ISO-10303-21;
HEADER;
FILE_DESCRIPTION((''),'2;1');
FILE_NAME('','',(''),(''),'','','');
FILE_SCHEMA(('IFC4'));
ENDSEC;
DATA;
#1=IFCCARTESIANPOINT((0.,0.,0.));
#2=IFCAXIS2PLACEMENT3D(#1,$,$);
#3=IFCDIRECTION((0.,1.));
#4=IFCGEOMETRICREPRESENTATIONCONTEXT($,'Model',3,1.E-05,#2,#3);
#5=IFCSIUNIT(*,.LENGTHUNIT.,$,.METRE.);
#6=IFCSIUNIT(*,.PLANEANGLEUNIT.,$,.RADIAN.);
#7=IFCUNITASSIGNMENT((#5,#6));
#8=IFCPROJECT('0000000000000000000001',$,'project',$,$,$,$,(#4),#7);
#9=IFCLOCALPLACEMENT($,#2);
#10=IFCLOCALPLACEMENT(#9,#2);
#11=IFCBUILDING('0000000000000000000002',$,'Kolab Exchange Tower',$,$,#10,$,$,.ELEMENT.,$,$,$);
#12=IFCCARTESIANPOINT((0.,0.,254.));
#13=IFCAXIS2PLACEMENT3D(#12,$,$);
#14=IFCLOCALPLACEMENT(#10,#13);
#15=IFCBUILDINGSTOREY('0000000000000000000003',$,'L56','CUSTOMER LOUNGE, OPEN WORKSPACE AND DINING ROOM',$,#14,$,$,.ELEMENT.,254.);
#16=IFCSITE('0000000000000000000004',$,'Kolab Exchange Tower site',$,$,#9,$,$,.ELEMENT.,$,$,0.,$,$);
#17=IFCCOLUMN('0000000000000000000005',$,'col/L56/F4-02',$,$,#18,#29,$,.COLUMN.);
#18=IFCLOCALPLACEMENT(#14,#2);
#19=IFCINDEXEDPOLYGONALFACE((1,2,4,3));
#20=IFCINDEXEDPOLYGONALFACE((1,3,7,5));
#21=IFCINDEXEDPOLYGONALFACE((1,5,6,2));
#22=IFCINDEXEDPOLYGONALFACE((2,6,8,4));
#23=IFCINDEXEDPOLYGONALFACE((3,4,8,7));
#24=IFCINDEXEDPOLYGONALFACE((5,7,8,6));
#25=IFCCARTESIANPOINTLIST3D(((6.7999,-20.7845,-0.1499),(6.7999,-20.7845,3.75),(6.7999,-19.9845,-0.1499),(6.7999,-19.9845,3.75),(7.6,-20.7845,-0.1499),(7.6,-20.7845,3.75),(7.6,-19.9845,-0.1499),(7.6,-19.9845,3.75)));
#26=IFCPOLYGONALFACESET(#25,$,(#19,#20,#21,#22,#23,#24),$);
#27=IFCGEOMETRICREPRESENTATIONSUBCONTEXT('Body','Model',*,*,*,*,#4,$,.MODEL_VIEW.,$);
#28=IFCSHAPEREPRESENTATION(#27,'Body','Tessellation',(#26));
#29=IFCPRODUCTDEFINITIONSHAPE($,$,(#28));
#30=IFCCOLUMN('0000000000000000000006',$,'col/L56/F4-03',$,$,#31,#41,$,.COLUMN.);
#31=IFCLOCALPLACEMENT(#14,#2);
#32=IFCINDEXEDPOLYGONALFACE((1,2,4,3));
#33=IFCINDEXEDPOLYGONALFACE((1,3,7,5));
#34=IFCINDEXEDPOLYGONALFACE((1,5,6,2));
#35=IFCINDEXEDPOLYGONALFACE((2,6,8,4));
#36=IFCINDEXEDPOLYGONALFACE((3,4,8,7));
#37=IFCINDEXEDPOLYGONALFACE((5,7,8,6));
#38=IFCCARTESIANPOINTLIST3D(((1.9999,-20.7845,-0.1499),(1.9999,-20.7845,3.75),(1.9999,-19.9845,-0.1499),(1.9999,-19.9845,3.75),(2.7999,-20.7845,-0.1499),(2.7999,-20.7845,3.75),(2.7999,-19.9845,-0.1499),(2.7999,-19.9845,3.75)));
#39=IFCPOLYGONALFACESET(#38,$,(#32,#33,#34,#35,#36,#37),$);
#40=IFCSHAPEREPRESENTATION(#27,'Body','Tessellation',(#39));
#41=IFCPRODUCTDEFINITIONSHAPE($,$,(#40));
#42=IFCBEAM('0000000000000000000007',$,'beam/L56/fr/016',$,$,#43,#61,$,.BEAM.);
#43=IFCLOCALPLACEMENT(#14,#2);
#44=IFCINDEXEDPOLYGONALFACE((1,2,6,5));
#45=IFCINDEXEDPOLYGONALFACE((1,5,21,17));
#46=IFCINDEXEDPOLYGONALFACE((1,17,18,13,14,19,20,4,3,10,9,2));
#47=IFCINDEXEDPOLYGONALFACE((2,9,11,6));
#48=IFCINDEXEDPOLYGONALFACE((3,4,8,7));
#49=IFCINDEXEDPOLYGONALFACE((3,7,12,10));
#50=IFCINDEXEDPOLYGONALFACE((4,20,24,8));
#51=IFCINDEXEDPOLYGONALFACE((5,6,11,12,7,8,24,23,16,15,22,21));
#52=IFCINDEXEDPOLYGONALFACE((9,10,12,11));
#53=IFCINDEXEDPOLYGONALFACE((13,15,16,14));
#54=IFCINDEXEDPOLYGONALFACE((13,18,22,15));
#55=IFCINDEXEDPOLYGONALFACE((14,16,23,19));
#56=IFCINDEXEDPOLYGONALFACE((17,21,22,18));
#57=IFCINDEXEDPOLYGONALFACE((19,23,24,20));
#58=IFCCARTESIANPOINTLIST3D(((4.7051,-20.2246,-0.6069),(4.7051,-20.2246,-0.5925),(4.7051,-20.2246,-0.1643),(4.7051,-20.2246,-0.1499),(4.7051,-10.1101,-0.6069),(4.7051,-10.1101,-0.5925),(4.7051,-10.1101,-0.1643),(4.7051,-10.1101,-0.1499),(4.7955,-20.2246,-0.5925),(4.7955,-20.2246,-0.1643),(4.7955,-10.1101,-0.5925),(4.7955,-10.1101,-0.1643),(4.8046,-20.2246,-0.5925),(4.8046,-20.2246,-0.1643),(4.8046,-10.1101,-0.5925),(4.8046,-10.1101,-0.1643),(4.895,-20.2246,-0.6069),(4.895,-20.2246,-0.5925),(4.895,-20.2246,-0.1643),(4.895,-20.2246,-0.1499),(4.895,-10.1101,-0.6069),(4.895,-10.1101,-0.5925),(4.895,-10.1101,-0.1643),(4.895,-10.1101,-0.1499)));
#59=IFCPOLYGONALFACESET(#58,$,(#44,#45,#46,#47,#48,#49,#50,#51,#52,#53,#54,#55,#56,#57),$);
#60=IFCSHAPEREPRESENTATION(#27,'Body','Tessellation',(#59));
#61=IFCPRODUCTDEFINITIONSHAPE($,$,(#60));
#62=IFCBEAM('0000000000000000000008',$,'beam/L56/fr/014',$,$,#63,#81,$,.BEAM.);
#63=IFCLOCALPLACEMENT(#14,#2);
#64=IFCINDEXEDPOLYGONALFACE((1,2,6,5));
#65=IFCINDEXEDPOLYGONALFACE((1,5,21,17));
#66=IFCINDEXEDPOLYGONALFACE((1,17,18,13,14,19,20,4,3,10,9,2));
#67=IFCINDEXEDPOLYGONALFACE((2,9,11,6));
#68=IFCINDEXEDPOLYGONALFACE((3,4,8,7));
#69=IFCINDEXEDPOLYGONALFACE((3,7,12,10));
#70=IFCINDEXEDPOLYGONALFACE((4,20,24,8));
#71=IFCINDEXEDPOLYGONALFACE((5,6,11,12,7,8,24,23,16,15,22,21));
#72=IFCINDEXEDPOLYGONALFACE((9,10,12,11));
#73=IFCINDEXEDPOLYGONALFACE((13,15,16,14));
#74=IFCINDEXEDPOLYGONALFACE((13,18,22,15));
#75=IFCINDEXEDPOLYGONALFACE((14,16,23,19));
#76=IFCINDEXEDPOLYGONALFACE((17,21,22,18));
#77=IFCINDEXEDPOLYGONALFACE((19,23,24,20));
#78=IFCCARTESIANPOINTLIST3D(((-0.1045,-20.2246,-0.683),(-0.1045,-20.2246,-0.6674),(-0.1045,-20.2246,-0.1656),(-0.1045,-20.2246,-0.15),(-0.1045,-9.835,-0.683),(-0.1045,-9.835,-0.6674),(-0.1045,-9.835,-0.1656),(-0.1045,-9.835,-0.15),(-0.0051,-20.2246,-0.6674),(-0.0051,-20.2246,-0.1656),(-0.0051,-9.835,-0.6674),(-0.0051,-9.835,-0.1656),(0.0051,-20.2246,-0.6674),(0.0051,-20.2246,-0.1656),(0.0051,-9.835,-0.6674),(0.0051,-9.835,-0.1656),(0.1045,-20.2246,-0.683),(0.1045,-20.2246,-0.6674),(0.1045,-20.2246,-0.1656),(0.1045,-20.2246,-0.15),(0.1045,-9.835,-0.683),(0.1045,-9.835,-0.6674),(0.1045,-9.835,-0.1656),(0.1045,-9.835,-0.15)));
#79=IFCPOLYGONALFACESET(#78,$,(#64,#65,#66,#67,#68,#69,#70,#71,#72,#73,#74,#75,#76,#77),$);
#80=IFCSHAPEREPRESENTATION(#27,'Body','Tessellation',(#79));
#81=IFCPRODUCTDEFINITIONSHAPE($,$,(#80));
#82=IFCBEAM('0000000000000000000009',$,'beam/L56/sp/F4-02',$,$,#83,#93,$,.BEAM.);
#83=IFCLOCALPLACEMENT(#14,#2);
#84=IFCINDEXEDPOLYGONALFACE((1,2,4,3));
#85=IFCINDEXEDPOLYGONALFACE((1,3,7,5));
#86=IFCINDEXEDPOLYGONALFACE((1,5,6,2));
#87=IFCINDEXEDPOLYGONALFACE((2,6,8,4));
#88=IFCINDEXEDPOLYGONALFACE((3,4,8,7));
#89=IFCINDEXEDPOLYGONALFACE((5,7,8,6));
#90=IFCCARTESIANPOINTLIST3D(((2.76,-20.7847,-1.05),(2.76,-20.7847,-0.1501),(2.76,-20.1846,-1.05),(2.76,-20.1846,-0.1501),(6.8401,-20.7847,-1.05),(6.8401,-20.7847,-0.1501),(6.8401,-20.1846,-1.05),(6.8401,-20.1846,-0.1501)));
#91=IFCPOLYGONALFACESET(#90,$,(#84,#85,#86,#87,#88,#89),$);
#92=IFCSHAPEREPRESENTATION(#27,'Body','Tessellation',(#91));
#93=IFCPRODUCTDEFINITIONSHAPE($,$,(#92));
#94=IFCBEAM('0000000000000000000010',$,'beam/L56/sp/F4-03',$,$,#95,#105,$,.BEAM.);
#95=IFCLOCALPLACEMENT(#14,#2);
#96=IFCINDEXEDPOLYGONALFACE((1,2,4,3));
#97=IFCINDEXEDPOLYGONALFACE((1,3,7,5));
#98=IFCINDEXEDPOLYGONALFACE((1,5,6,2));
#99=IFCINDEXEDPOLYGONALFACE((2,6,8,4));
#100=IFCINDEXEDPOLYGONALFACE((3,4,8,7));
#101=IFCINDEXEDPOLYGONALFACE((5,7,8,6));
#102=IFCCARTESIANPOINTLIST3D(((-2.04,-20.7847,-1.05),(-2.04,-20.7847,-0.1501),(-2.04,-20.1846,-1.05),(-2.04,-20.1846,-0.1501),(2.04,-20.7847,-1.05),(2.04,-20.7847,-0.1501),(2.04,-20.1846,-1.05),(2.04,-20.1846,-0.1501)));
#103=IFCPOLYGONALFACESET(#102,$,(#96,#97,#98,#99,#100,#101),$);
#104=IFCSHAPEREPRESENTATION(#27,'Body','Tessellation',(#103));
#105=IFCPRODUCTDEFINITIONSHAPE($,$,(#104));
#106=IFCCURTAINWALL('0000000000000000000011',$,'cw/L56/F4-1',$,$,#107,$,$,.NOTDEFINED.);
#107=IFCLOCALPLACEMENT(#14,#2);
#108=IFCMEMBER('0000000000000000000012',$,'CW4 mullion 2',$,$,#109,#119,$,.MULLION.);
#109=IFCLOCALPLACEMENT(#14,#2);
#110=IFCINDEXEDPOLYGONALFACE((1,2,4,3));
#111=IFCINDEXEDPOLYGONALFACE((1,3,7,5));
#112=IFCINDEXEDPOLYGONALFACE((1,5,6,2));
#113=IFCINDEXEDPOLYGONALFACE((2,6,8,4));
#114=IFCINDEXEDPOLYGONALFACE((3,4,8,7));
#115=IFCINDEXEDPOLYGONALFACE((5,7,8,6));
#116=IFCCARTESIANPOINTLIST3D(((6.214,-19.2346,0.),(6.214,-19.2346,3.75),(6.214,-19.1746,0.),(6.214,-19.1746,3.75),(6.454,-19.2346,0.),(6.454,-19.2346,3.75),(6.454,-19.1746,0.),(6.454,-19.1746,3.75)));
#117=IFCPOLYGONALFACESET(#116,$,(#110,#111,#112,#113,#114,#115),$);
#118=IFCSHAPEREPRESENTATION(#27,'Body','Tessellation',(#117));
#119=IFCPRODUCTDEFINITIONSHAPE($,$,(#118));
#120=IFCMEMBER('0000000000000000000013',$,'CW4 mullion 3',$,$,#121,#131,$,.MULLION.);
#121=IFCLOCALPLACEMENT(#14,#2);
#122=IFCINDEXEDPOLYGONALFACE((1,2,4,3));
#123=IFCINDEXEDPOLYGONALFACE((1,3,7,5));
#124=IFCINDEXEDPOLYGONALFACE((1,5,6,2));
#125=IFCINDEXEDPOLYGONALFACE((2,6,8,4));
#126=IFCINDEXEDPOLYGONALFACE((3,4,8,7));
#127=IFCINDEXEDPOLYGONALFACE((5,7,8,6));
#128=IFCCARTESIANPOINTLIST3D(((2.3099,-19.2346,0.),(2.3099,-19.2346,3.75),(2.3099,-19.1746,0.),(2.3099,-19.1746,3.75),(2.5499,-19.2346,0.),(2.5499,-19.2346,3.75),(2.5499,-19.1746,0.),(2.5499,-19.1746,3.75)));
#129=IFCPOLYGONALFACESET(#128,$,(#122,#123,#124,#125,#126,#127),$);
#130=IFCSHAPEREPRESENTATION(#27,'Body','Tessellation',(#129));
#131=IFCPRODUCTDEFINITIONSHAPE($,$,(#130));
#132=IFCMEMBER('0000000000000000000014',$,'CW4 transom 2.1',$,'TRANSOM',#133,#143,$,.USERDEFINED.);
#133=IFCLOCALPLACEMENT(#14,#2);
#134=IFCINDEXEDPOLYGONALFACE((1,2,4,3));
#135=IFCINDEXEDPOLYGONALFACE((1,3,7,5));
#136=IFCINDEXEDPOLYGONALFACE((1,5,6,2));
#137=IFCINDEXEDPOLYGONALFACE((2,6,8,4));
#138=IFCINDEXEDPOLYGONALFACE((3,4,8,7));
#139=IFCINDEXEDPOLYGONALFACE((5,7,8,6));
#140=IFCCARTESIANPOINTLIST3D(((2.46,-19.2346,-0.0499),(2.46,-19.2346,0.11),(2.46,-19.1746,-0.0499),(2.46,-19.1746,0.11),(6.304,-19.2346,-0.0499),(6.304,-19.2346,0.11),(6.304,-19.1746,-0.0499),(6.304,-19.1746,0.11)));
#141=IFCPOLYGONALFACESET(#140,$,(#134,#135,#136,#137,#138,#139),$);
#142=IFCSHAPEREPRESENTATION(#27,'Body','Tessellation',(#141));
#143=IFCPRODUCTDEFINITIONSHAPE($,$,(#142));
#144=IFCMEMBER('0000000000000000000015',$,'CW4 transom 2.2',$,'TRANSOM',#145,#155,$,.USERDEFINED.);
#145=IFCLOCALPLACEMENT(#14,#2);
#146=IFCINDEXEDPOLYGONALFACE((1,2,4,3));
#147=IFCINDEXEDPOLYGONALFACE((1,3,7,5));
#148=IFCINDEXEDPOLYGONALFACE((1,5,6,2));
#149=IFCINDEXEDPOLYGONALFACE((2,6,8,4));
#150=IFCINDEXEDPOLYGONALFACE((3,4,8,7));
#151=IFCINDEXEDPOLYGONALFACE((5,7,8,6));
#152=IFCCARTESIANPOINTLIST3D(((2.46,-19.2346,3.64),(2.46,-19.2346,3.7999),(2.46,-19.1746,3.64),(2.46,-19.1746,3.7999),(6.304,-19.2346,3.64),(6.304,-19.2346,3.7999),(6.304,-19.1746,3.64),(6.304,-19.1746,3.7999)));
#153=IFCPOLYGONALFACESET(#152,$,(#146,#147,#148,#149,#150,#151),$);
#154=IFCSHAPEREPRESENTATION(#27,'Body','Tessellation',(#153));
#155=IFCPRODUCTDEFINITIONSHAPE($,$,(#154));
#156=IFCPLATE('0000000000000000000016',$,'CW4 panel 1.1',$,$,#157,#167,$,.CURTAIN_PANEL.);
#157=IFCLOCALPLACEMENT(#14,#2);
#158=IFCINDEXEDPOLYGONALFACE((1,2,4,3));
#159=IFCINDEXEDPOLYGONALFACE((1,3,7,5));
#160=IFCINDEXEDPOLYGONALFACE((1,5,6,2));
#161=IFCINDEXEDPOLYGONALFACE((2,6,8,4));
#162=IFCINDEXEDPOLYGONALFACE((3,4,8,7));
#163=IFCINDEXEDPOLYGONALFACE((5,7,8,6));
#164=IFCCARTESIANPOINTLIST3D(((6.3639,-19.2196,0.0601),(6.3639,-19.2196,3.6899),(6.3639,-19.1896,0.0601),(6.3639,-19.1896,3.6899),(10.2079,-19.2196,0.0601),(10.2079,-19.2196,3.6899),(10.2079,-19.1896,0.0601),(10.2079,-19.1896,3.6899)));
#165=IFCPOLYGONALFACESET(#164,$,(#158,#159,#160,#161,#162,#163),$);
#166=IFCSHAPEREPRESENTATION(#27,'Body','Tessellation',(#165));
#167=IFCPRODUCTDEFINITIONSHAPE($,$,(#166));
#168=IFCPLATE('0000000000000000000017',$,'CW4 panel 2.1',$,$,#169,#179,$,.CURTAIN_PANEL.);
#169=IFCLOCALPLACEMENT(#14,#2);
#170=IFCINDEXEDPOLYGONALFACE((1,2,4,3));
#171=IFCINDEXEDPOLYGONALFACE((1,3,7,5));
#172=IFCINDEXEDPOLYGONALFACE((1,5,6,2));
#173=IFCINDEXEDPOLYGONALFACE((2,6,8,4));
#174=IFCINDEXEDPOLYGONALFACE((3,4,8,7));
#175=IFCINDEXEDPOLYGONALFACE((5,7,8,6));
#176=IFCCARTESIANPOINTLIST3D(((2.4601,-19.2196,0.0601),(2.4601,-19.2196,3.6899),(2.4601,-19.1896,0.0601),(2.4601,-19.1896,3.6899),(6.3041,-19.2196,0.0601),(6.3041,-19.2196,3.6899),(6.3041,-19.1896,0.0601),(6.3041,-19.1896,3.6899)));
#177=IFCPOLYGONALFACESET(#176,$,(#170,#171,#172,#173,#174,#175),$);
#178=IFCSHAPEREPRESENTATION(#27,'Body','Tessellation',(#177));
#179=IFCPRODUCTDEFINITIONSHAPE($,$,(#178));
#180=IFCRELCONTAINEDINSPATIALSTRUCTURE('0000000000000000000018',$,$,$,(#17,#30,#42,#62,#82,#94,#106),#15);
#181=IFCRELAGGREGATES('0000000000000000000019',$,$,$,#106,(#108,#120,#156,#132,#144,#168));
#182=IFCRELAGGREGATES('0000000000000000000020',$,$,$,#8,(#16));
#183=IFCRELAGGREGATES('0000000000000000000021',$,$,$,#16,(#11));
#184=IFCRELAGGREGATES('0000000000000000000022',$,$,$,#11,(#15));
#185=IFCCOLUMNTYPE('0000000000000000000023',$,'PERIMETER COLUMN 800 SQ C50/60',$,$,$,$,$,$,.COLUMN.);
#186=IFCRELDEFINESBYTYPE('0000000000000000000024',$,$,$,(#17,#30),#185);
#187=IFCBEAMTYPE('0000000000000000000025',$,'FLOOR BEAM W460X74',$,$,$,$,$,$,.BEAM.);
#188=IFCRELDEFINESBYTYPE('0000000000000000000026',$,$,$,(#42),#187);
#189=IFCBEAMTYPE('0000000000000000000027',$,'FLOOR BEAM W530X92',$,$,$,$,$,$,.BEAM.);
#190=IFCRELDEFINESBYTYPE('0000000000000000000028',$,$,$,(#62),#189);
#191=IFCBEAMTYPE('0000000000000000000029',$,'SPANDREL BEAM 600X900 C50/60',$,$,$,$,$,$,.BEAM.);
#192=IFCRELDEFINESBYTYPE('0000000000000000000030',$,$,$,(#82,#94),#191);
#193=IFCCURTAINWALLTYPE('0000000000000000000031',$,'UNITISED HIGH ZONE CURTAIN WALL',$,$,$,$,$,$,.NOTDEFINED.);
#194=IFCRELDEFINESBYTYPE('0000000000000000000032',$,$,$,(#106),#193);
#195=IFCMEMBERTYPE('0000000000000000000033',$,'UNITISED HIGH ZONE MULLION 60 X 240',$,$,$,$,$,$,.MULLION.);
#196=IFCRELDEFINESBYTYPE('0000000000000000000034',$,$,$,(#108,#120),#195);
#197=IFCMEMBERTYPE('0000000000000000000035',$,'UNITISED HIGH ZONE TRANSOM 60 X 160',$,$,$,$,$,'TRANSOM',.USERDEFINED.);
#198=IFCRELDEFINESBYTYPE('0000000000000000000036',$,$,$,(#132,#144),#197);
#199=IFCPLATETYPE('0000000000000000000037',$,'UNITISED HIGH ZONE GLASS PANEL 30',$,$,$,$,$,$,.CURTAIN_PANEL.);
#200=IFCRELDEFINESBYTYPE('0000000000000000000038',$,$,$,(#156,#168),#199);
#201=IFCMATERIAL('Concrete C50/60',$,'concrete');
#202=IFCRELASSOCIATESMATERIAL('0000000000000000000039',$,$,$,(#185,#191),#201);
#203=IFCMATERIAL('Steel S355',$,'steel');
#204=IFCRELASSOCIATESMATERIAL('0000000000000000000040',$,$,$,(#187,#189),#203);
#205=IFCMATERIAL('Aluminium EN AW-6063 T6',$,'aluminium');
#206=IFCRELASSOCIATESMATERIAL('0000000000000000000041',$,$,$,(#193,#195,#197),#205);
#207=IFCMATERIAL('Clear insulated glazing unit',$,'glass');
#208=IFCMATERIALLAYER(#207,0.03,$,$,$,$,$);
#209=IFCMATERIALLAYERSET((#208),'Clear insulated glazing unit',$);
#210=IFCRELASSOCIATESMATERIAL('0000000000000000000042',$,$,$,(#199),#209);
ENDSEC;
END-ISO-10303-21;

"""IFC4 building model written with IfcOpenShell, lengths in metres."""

from ifc_helpers import new_model, si_unit, direction, frame, origin, origin_2d, place, context, subcontext, project, spatial, rectangle, i_section, extrude, material, layer, layer_set, material_profile, profile_set, type_object, element, aggregate, save


model = new_model("IFC4")

# Units and contexts
model_context = context("Model", 3, precision=1e-05, world=origin(), true_north=direction((0.0, 1.0)))
body_context = subcontext(model_context, "Body", "Model", "MODEL_VIEW")
ifc_project = project(units=[si_unit("LENGTHUNIT", "METRE"), si_unit("PLANEANGLEUNIT", "RADIAN")], contexts=[model_context])

# Site, building, storey
site_placement = place(None, origin())
site = spatial("IfcSite", under=ifc_project, at=site_placement, Name="Kolab Exchange Tower site", CompositionType="ELEMENT", RefElevation=0.0)
building_placement = place(site_placement, origin())
building = spatial("IfcBuilding", under=site, at=building_placement, Name="Kolab Exchange Tower", CompositionType="ELEMENT")
storey_placement = place(building_placement, frame((0.0, 0.0, 254.0)))
storey = spatial("IfcBuildingStorey", under=building, at=storey_placement, Name="L56", Description="CUSTOMER LOUNGE, OPEN WORKSPACE AND DINING ROOM", CompositionType="ELEMENT", Elevation=254.0)

# Columns
ifc_material_1 = material(Name="Concrete C50/60", Category="concrete")
ifc_material_profile_1 = material_profile(ifc_material_1, rectangle(XDim=0.8, YDim=0.8, at=origin_2d()), Name="RC800")
ifc_profile_set_1 = profile_set([ifc_material_profile_1], Name="Concrete C50/60")
column_type = type_object("IfcColumnType", Name="PERIMETER COLUMN 800 SQ C50/60", PredefinedType="COLUMN", material=ifc_profile_set_1)
for number, where, z_axis, x_axis, name in (
    (1, (7.2, -20.3845, -0.1499), (0.0, 0.0, 1.0), (1.0, 0.0, 0.0), "col/L56/F4-02"),
    (2, (2.3999, -20.3845, -0.1499), (0.0, 0.0, 1.0), (1.0, 0.0, 0.0), "col/L56/F4-03"),
):
    element("IfcColumn", number, at=place(storey_placement, frame(where, z_axis=z_axis, x_axis=x_axis)), inside=storey, type_object=column_type, Name=name, PredefinedType="COLUMN", context=body_context, shape_type="SweptSolid", body=[
        extrude(rectangle(XDim=0.8, YDim=0.8, at=origin_2d()), origin(), (0.0, 0.0, 1.0), 3.8999),
    ])

# Beams
ifc_material_2 = material(Name="Steel S355", Category="steel")
ifc_material_profile_2 = material_profile(ifc_material_2, i_section(OverallWidth=0.1899, OverallDepth=0.457, WebThickness=0.009, FlangeThickness=0.0144, at=origin_2d()), Name="W460X74")
ifc_profile_set_2 = profile_set([ifc_material_profile_2], Name="Steel S355")
beam_type_1 = type_object("IfcBeamType", Name="FLOOR BEAM W460X74", PredefinedType="BEAM", material=ifc_profile_set_2)
beam_1_placement = place(storey_placement, frame((4.8, -20.2246, -0.3784), z_axis=(0.0, 1.0, 0.0), x_axis=(-1.0, 0.0, 0.0)))
element("IfcBeam", 3, at=beam_1_placement, inside=storey, type_object=beam_type_1, Name="beam/L56/fr/016", PredefinedType="BEAM", context=body_context, shape_type="SweptSolid", body=[
    extrude(i_section(OverallWidth=0.1899, OverallDepth=0.457, WebThickness=0.009, FlangeThickness=0.0144, at=origin_2d()), origin(), (0.0, 0.0, 1.0), 10.1145),
])
ifc_material_profile_3 = material_profile(ifc_material_2, i_section(OverallWidth=0.209, OverallDepth=0.533, WebThickness=0.0103, FlangeThickness=0.0156, at=origin_2d()), Name="W530X92")
ifc_profile_set_3 = profile_set([ifc_material_profile_3], Name="Steel S355")
beam_type_2 = type_object("IfcBeamType", Name="FLOOR BEAM W530X92", PredefinedType="BEAM", material=ifc_profile_set_3)
beam_2_placement = place(storey_placement, frame((0.0, -20.2246, -0.4165), z_axis=(0.0, 1.0, 0.0), x_axis=(-1.0, 0.0, 0.0)))
element("IfcBeam", 4, at=beam_2_placement, inside=storey, type_object=beam_type_2, Name="beam/L56/fr/014", PredefinedType="BEAM", context=body_context, shape_type="SweptSolid", body=[
    extrude(i_section(OverallWidth=0.209, OverallDepth=0.533, WebThickness=0.0103, FlangeThickness=0.0156, at=origin_2d()), origin(), (0.0, 0.0, 1.0), 10.3896),
])
ifc_material_profile_4 = material_profile(ifc_material_1, rectangle(XDim=0.6001, YDim=0.8999, at=origin_2d()), Name="RC600X900")
ifc_profile_set_4 = profile_set([ifc_material_profile_4], Name="Concrete C50/60")
beam_type_3 = type_object("IfcBeamType", Name="SPANDREL BEAM 600X900 C50/60", PredefinedType="BEAM", material=ifc_profile_set_4)
for number, where, z_axis, x_axis, name in (
    (5, (6.8401, -20.4846, -0.6001), (-1.0, 0.0, 0.0), (0.0, -1.0, 0.0), "beam/L56/sp/F4-02"),
    (6, (2.04, -20.4846, -0.6001), (-1.0, 0.0, 0.0), (0.0, -1.0, 0.0), "beam/L56/sp/F4-03"),
):
    element("IfcBeam", number, at=place(storey_placement, frame(where, z_axis=z_axis, x_axis=x_axis)), inside=storey, type_object=beam_type_3, Name=name, PredefinedType="BEAM", context=body_context, shape_type="SweptSolid", body=[
        extrude(rectangle(XDim=0.6001, YDim=0.8999, at=origin_2d()), origin(), (0.0, 0.0, 1.0), 4.0801),
    ])

# Curtain wall, members, plates
ifc_material_3 = material(Name="Aluminium EN AW-6063 T6", Category="aluminium")
curtain_wall_type = type_object("IfcCurtainWallType", Name="UNITISED HIGH ZONE CURTAIN WALL", PredefinedType="NOTDEFINED", material=ifc_material_3)
curtain_wall_placement = place(storey_placement, origin())
curtain_wall = element("IfcCurtainWall", 7, at=curtain_wall_placement, inside=storey, type_object=curtain_wall_type, Name="cw/L56/F4-1", PredefinedType="NOTDEFINED")
ifc_material_profile_5 = material_profile(ifc_material_3, rectangle(XDim=0.0601, YDim=0.24, at=origin_2d()), Name="RECT 60X240")
ifc_profile_set_5 = profile_set([ifc_material_profile_5], Name="Aluminium EN AW-6063 T6")
member_type_1 = type_object("IfcMemberType", Name="UNITISED HIGH ZONE MULLION 60 X 240", PredefinedType="MULLION", material=ifc_profile_set_5)
member_1_placement = place(storey_placement, frame((6.334, -19.2046, 0.0), z_axis=(0.0, 0.0, 1.0), x_axis=(0.0, -1.0, 0.0)))
member_1 = element("IfcMember", 8, at=member_1_placement, type_object=member_type_1, Name="CW4 mullion 2", PredefinedType="MULLION", context=body_context, shape_type="SweptSolid", body=[
    extrude(rectangle(XDim=0.0601, YDim=0.24, at=origin_2d()), origin(), (0.0, 0.0, 1.0), 3.75),
])
member_2_placement = place(storey_placement, frame((2.4299, -19.2046, 0.0), z_axis=(0.0, 0.0, 1.0), x_axis=(0.0, -1.0, 0.0)))
member_2 = element("IfcMember", 9, at=member_2_placement, type_object=member_type_1, Name="CW4 mullion 3", PredefinedType="MULLION", context=body_context, shape_type="SweptSolid", body=[
    extrude(rectangle(XDim=0.0601, YDim=0.24, at=origin_2d()), origin(), (0.0, 0.0, 1.0), 3.75),
])
ifc_material_profile_6 = material_profile(ifc_material_3, rectangle(XDim=0.0601, YDim=0.1599, at=origin_2d()), Name="RECT 60X160")
ifc_profile_set_6 = profile_set([ifc_material_profile_6], Name="Aluminium EN AW-6063 T6")
member_type_2 = type_object("IfcMemberType", Name="UNITISED HIGH ZONE TRANSOM 60 X 160", ElementType="TRANSOM", PredefinedType="USERDEFINED", material=ifc_profile_set_6)
member_3_placement = place(storey_placement, frame((6.304, -19.2046, 0.03), z_axis=(-1.0, 0.0, 0.0), x_axis=(0.0, -1.0, 0.0)))
member_3 = element("IfcMember", 10, at=member_3_placement, type_object=member_type_2, Name="CW4 transom 2.1", ObjectType="TRANSOM", PredefinedType="USERDEFINED", context=body_context, shape_type="SweptSolid", body=[
    extrude(rectangle(XDim=0.0601, YDim=0.1599, at=origin_2d()), origin(), (0.0, 0.0, 1.0), 3.844),
])
member_4_placement = place(storey_placement, frame((6.304, -19.2046, 3.72), z_axis=(-1.0, 0.0, 0.0), x_axis=(0.0, -1.0, 0.0)))
member_4 = element("IfcMember", 11, at=member_4_placement, type_object=member_type_2, Name="CW4 transom 2.2", ObjectType="TRANSOM", PredefinedType="USERDEFINED", context=body_context, shape_type="SweptSolid", body=[
    extrude(rectangle(XDim=0.0601, YDim=0.1599, at=origin_2d()), origin(), (0.0, 0.0, 1.0), 3.844),
])
ifc_material_4 = material(Name="Clear insulated glazing unit", Category="glass")
ifc_layer_1 = layer(ifc_material_4, 0.03)
ifc_layer_set_1 = layer_set([ifc_layer_1], Name="Clear insulated glazing unit")
plate_type = type_object("IfcPlateType", Name="UNITISED HIGH ZONE GLASS PANEL 30", PredefinedType="CURTAIN_PANEL", material=ifc_layer_set_1)
plate_1_placement = place(storey_placement, frame((8.2859, -19.2046, 0.0601), z_axis=(0.0, 0.0, 1.0), x_axis=(-1.0, 0.0, 0.0)))
plate_1 = element("IfcPlate", 12, at=plate_1_placement, type_object=plate_type, Name="CW4 panel 1.1", PredefinedType="CURTAIN_PANEL", context=body_context, shape_type="SweptSolid", body=[
    extrude(rectangle(XDim=3.844, YDim=0.03, at=origin_2d()), origin(), (0.0, 0.0, 1.0), 3.6299),
])
plate_2_placement = place(storey_placement, frame((4.3821, -19.2046, 0.0601), z_axis=(0.0, 0.0, 1.0), x_axis=(-1.0, 0.0, 0.0)))
plate_2 = element("IfcPlate", 13, at=plate_2_placement, type_object=plate_type, Name="CW4 panel 2.1", PredefinedType="CURTAIN_PANEL", context=body_context, shape_type="SweptSolid", body=[
    extrude(rectangle(XDim=3.844, YDim=0.03, at=origin_2d()), origin(), (0.0, 0.0, 1.0), 3.6299),
])
aggregate(curtain_wall, [member_1, member_2, plate_1, member_3, member_4, plate_2])

save(model, "model.ifc")
